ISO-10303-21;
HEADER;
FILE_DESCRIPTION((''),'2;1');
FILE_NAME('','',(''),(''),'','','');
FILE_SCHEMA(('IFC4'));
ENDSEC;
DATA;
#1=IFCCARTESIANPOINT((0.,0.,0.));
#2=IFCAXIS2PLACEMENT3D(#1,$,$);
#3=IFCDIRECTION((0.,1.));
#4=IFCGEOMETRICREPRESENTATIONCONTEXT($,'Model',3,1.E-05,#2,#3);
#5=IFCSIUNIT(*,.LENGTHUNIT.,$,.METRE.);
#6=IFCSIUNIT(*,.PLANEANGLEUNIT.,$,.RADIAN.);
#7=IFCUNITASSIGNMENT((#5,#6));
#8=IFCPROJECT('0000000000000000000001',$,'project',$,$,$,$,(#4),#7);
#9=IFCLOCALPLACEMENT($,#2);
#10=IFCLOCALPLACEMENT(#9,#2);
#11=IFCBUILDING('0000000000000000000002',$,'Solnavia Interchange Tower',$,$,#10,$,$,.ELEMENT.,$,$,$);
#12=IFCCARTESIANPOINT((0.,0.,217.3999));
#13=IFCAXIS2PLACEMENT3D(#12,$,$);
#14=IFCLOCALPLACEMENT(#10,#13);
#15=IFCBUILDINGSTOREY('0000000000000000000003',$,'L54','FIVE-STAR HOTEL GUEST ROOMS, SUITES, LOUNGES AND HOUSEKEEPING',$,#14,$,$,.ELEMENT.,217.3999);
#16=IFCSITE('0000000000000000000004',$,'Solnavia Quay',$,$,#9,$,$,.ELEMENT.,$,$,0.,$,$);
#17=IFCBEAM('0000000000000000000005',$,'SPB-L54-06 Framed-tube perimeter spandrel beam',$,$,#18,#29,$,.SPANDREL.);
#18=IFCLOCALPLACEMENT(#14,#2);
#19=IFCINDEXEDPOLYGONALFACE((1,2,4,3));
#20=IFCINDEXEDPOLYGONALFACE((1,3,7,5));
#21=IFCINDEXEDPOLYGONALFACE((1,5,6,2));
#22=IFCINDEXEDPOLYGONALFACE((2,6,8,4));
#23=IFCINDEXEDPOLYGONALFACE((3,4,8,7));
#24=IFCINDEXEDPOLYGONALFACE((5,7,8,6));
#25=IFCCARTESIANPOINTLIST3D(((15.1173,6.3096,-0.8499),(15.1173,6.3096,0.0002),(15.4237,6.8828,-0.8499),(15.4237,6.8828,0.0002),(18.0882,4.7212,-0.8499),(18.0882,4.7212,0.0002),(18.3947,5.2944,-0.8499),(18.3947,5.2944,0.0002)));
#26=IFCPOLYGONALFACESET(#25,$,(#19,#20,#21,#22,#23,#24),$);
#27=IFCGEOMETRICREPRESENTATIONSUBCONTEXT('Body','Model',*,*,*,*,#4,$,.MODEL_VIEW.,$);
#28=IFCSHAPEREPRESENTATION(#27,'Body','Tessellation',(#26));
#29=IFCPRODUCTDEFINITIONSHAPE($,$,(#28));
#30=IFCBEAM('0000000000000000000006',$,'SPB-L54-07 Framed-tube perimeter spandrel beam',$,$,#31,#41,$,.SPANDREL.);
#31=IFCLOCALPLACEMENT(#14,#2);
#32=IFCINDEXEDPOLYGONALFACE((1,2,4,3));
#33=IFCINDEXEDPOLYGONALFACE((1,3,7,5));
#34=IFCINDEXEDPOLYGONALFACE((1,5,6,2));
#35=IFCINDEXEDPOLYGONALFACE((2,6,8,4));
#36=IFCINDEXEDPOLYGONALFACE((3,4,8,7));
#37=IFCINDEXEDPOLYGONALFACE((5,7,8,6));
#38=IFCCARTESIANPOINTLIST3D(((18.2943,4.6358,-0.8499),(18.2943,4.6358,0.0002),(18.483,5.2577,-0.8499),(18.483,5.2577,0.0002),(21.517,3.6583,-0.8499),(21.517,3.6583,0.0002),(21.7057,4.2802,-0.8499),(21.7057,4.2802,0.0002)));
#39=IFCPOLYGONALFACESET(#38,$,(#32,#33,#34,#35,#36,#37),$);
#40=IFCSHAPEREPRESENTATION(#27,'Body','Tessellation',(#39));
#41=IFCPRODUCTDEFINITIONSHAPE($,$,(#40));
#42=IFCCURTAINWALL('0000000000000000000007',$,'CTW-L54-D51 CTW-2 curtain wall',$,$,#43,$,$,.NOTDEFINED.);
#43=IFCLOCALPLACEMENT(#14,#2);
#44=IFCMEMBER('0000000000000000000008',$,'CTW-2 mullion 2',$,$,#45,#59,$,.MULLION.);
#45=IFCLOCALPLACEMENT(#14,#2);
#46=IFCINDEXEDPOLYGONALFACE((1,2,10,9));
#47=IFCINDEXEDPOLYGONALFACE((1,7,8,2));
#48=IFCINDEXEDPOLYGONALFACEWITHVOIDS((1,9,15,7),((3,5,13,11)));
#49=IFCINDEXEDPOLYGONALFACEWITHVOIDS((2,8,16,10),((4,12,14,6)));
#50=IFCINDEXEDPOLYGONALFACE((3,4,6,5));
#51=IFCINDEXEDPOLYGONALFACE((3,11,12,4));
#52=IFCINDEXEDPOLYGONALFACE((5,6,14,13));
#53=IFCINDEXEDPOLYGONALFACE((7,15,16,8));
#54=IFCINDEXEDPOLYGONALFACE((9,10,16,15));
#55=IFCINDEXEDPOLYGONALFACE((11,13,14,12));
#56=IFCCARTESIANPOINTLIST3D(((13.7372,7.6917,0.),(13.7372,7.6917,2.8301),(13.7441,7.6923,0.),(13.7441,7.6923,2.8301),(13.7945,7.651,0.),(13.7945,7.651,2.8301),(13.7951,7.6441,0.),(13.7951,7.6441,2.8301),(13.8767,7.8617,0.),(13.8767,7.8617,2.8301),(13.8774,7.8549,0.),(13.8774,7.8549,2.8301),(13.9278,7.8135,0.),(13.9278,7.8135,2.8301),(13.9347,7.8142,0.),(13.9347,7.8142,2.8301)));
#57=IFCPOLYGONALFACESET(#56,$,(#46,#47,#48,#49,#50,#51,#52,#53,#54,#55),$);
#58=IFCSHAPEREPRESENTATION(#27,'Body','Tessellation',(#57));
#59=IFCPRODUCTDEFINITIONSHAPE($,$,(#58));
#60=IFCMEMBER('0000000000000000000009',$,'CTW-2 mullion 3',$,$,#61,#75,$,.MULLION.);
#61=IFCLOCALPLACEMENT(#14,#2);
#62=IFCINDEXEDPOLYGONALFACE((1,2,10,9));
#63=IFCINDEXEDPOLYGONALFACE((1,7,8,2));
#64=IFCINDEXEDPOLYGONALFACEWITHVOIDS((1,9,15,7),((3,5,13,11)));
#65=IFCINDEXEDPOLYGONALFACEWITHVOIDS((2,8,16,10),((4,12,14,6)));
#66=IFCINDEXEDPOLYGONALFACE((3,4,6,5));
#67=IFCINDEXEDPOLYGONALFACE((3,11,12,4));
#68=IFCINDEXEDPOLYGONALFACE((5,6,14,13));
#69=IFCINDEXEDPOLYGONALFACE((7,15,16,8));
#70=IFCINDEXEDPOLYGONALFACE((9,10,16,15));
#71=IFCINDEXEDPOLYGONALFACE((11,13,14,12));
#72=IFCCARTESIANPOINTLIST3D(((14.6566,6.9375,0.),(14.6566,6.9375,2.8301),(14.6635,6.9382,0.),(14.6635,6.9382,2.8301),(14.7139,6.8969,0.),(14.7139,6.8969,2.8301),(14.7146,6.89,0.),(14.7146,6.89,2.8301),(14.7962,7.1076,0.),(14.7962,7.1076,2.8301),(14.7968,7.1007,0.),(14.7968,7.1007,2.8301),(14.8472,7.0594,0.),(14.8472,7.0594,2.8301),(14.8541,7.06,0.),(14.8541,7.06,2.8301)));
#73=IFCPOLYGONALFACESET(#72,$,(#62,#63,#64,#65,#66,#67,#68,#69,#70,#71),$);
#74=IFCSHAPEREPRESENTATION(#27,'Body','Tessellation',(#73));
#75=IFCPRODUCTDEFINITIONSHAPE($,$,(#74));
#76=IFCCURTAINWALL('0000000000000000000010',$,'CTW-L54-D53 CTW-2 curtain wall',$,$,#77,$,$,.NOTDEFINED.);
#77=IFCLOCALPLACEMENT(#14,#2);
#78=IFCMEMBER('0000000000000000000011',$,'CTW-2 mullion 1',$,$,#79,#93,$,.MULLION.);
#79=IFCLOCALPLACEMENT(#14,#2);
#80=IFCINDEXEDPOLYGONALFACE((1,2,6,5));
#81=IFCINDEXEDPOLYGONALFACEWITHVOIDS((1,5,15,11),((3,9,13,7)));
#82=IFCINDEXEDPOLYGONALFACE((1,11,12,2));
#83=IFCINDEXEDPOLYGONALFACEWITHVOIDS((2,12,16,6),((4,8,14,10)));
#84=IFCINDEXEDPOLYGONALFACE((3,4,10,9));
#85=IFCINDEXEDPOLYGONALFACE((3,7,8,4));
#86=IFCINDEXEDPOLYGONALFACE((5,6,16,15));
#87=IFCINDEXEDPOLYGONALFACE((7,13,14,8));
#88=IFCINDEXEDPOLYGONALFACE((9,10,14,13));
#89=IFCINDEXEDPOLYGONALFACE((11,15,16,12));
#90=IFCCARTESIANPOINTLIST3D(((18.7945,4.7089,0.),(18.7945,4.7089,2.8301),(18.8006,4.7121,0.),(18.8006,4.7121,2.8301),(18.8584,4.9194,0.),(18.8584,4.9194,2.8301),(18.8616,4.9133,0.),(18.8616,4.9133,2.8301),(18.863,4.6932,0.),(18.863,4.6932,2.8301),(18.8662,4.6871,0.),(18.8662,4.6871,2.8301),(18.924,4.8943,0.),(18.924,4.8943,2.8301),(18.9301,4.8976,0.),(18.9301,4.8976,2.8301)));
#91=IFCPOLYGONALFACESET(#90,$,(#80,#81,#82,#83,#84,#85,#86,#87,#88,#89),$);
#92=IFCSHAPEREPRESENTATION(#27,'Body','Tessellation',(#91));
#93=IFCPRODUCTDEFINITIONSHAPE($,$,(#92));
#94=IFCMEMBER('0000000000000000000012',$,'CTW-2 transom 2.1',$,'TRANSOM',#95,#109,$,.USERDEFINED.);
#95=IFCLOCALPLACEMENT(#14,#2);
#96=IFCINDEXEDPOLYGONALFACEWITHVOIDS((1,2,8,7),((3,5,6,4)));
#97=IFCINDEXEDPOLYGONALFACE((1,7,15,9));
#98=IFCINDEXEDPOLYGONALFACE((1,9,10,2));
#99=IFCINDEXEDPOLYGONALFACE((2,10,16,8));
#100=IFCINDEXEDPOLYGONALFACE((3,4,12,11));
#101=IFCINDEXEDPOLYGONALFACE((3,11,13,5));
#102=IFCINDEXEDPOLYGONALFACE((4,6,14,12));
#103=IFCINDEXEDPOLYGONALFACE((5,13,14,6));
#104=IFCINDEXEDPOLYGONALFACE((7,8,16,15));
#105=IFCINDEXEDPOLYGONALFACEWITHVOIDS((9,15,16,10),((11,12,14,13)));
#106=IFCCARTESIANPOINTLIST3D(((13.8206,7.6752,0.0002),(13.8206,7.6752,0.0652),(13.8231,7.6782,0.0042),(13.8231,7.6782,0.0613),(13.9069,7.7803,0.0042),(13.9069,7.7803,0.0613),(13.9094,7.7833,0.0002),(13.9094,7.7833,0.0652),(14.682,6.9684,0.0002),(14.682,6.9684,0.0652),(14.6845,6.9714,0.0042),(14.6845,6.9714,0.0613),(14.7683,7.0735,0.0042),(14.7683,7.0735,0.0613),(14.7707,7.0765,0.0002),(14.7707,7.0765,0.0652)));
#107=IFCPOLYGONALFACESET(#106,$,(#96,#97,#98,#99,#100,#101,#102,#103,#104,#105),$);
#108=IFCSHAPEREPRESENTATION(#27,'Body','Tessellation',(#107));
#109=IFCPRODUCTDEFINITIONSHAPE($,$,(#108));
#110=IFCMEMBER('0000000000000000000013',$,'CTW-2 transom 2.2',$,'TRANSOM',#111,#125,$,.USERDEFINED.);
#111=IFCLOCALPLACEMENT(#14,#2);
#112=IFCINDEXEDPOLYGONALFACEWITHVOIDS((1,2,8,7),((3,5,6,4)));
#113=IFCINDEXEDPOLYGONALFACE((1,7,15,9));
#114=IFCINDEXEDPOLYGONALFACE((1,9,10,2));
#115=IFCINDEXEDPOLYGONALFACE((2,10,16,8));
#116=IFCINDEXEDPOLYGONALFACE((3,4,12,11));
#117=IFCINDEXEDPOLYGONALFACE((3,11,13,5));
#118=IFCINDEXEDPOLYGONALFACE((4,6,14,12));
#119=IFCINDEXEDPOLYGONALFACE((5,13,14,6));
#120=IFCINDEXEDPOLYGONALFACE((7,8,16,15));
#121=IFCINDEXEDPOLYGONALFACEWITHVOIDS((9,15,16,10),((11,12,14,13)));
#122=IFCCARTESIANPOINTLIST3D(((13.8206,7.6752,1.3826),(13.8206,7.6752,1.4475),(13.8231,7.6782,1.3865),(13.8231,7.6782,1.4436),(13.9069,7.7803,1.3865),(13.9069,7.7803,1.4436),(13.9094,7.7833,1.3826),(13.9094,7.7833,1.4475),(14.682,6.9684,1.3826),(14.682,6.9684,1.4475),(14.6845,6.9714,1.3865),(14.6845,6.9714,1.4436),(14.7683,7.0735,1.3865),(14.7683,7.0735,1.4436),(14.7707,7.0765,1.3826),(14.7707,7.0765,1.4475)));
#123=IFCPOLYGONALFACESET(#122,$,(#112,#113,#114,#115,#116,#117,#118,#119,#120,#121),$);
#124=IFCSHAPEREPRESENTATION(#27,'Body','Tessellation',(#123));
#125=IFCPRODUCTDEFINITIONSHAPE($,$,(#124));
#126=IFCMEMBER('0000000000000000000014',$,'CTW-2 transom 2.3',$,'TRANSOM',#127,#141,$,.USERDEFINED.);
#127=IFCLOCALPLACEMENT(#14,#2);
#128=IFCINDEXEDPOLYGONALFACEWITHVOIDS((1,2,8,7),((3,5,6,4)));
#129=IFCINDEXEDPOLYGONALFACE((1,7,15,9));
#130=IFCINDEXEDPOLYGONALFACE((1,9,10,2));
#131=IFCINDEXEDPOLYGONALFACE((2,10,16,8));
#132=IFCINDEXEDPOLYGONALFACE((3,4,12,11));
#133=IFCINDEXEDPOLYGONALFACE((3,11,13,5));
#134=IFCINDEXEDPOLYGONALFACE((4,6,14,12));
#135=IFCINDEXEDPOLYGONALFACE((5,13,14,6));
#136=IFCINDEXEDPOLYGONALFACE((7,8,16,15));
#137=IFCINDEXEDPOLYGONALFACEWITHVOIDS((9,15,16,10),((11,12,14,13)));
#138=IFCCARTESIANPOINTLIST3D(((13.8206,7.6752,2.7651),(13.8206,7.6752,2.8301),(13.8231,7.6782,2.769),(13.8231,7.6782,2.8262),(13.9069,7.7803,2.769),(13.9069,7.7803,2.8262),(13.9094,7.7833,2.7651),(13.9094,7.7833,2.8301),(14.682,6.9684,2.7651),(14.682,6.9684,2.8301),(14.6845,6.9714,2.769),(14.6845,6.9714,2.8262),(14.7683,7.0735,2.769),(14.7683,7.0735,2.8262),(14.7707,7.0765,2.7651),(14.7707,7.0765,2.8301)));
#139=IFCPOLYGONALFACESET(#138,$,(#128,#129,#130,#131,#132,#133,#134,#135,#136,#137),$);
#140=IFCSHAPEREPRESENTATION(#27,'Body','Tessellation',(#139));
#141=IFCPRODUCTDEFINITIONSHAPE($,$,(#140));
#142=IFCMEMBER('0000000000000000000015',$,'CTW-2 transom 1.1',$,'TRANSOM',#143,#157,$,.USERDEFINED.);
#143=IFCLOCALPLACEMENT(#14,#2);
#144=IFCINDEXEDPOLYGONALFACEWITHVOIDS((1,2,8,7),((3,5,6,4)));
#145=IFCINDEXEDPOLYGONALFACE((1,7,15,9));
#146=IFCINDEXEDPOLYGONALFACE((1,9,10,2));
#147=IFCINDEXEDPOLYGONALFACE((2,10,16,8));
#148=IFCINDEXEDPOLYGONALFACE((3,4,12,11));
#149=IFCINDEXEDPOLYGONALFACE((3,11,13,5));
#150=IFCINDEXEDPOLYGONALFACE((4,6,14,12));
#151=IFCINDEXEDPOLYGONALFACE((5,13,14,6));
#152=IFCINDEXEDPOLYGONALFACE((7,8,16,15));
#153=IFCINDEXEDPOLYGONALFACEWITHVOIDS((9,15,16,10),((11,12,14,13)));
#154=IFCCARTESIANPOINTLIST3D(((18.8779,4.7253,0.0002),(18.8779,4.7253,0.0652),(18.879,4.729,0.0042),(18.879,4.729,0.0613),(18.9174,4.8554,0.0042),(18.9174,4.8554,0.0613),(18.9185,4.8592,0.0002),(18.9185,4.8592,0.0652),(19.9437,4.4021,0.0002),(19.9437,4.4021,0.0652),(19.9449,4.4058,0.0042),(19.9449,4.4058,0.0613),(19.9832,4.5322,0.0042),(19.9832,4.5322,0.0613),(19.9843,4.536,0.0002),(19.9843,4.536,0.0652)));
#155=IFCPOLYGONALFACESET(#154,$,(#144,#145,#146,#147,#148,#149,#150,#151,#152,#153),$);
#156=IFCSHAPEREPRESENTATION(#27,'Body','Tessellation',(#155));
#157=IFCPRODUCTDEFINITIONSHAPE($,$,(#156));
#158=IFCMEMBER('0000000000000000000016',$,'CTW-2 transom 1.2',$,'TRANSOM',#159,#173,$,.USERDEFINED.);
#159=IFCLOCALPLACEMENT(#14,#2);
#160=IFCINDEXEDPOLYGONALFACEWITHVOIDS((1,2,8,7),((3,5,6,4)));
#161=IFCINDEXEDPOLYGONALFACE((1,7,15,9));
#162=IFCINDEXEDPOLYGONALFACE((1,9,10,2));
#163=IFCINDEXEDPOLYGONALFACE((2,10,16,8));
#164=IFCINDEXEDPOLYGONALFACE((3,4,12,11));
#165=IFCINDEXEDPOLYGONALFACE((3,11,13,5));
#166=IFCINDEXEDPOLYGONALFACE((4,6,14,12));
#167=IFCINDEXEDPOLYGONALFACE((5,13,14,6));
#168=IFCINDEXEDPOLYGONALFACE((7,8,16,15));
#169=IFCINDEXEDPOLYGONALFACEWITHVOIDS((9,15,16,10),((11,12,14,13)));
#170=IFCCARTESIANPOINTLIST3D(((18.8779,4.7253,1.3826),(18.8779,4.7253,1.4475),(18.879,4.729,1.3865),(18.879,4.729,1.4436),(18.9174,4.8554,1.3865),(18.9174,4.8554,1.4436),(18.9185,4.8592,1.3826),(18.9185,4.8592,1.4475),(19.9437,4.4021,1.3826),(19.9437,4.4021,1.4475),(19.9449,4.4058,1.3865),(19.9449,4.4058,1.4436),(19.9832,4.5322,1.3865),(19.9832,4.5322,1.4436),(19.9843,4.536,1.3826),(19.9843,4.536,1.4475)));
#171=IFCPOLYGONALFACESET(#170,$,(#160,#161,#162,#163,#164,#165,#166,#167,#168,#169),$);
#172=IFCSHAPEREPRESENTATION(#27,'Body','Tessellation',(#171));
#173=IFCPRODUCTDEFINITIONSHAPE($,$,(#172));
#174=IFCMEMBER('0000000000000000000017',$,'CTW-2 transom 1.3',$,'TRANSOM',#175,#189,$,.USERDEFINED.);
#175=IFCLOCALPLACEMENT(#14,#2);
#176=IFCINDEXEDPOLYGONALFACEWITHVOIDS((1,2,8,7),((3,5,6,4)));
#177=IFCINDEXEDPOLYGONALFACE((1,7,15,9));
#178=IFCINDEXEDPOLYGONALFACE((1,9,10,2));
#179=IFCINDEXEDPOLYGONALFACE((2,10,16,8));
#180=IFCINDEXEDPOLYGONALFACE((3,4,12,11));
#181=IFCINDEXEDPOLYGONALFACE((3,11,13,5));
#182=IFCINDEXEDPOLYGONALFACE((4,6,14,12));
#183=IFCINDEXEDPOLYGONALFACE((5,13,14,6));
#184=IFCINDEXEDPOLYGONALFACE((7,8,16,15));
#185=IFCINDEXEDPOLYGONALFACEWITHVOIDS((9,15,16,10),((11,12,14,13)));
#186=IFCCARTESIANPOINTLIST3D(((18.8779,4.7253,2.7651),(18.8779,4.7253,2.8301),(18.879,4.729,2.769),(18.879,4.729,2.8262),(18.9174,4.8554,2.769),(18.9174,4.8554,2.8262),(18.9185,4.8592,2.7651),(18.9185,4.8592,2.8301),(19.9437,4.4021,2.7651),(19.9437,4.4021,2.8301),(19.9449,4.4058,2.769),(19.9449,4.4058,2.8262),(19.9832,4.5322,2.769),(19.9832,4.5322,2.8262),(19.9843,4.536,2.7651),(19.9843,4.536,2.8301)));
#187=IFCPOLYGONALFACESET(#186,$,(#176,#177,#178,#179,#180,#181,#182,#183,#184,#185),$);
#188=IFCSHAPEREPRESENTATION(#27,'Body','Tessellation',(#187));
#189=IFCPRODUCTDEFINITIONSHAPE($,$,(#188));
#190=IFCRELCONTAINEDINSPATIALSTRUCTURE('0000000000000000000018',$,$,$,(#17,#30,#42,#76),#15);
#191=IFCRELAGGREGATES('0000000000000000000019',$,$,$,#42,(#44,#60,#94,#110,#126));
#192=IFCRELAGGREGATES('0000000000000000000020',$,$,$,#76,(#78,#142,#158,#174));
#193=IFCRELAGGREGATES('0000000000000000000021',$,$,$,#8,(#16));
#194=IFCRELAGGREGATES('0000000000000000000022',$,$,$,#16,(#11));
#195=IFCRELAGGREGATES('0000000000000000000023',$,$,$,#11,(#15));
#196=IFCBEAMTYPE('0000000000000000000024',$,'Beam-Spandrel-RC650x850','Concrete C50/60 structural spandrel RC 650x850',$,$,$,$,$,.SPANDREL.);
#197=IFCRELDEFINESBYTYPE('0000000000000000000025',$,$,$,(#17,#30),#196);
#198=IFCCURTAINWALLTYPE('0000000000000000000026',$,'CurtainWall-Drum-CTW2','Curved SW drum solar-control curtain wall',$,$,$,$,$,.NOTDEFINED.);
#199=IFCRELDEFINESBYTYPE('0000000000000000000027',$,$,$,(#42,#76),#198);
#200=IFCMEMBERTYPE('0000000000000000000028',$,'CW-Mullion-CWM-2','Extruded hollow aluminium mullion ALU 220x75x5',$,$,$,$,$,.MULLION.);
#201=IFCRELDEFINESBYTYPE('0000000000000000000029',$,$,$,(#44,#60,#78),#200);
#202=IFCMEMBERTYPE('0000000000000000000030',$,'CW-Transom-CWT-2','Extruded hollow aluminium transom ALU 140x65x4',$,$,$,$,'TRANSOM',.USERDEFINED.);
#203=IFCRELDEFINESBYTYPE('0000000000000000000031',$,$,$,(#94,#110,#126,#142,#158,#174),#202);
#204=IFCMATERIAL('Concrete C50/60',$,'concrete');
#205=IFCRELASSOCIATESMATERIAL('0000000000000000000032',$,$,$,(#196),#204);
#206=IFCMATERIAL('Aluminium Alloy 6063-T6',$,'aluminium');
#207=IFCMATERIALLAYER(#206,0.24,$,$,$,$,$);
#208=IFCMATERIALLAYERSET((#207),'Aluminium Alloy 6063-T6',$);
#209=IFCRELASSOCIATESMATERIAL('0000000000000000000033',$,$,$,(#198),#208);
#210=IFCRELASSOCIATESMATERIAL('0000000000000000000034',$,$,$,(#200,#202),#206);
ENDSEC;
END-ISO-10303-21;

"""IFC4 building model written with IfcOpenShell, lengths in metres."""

from ifc_helpers import new_model, si_unit, direction, frame, origin, origin_2d, place, context, subcontext, project, spatial, rectangle, hollow_rectangle, extrude, material, layer, layer_set, material_profile, profile_set, type_object, element, aggregate, save


model = new_model("IFC4")

# Units and contexts
model_context = context("Model", 3, precision=1e-05, world=origin(), true_north=direction((0.0, 1.0)))
body_context = subcontext(model_context, "Body", "Model", "MODEL_VIEW")
ifc_project = project(units=[si_unit("LENGTHUNIT", "METRE"), si_unit("PLANEANGLEUNIT", "RADIAN")], contexts=[model_context])

# Site, building, storey
site_placement = place(None, origin())
site = spatial("IfcSite", under=ifc_project, at=site_placement, Name="Solnavia Quay", CompositionType="ELEMENT", RefElevation=0.0)
building_placement = place(site_placement, origin())
building = spatial("IfcBuilding", under=site, at=building_placement, Name="Solnavia Interchange Tower", CompositionType="ELEMENT")
storey_placement = place(building_placement, frame((0.0, 0.0, 217.3999)))
storey = spatial("IfcBuildingStorey", under=building, at=storey_placement, Name="L54", Description="FIVE-STAR HOTEL GUEST ROOMS, SUITES, LOUNGES AND HOUSEKEEPING", CompositionType="ELEMENT", Elevation=217.3999)

# Shared definitions
ifc_material_1 = material(Name="Concrete C50/60", Category="concrete")

# Beams
ifc_material_profile_1 = material_profile(ifc_material_1, rectangle(XDim=0.6499, YDim=0.8501, at=origin_2d()), Name="RC 650x850")
ifc_profile_set_1 = profile_set([ifc_material_profile_1], Name="Concrete C50/60")
beam_type_1 = type_object("IfcBeamType", Name="Beam-Spandrel-RC650x850", Description="Concrete C50/60 structural spandrel RC 650x850", PredefinedType="SPANDREL", material=ifc_profile_set_1)
beam_1_placement = place(storey_placement, frame((15.2705, 6.5962, -0.4248), z_axis=(0.881875, -0.471483, 0.0), x_axis=(0.471483, 0.881875, 0.0)))
element("IfcBeam", 1, at=beam_1_placement, inside=storey, type_object=beam_type_1, Name="SPB-L54-06 Framed-tube perimeter spandrel beam", PredefinedType="SPANDREL", context=body_context, shape_type="SweptSolid", body=[
    extrude(rectangle(XDim=0.6499, YDim=0.8501, at=origin_2d()), origin(), (0.0, 0.0, 1.0), 3.3689),
])
beam_2_placement = place(storey_placement, frame((18.3887, 4.9468, -0.4248), z_axis=(0.956944, -0.290273, 0.0), x_axis=(0.290273, 0.956944, 0.0)))
element("IfcBeam", 2, at=beam_2_placement, inside=storey, type_object=beam_type_1, Name="SPB-L54-07 Framed-tube perimeter spandrel beam", PredefinedType="SPANDREL", context=body_context, shape_type="SweptSolid", body=[
    extrude(rectangle(XDim=0.6499, YDim=0.8501, at=origin_2d()), origin(), (0.0, 0.0, 1.0), 3.3677),
])

# Curtain wall, members
ifc_material_2 = material(Name="Aluminium Alloy 6063-T6", Category="aluminium")
ifc_layer_1 = layer(ifc_material_2, 0.24)
ifc_layer_set_1 = layer_set([ifc_layer_1], Name="Aluminium Alloy 6063-T6")
curtain_wall_type = type_object("IfcCurtainWallType", Name="CurtainWall-Drum-CTW2", Description="Curved SW drum solar-control curtain wall", PredefinedType="NOTDEFINED", material=ifc_layer_set_1)
curtain_wall_1_placement = place(storey_placement, origin())
curtain_wall_1 = element("IfcCurtainWall", 3, at=curtain_wall_1_placement, inside=storey, type_object=curtain_wall_type, Name="CTW-L54-D51 CTW-2 curtain wall", PredefinedType="NOTDEFINED")
ifc_material_profile_2 = material_profile(ifc_material_2, hollow_rectangle(XDim=0.075, YDim=0.22, WallThickness=0.0049, at=origin_2d()), Name="ALU 220x75x5")
ifc_profile_set_2 = profile_set([ifc_material_profile_2], Name="Aluminium Alloy 6063-T6")
member_type_1 = type_object("IfcMemberType", Name="CW-Mullion-CWM-2", Description="Extruded hollow aluminium mullion ALU 220x75x5", PredefinedType="MULLION", material=ifc_profile_set_2)
member_1_placement = place(storey_placement, frame((13.8359, 7.7529, 0.0), z_axis=(0.0, 0.0, 1.0), x_axis=(0.773103, -0.63428, 0.0)))
member_1 = element("IfcMember", 4, at=member_1_placement, type_object=member_type_1, Name="CTW-2 mullion 2", PredefinedType="MULLION", context=body_context, shape_type="SweptSolid", body=[
    extrude(hollow_rectangle(XDim=0.075, YDim=0.22, WallThickness=0.0049, at=origin_2d()), origin(), (0.0, 0.0, 1.0), 2.8301),
])
member_2_placement = place(storey_placement, frame((14.7554, 6.9988, 0.0), z_axis=(0.0, 0.0, 1.0), x_axis=(0.773103, -0.63428, 0.0)))
member_2 = element("IfcMember", 5, at=member_2_placement, type_object=member_type_1, Name="CTW-2 mullion 3", PredefinedType="MULLION", context=body_context, shape_type="SweptSolid", body=[
    extrude(hollow_rectangle(XDim=0.075, YDim=0.22, WallThickness=0.0049, at=origin_2d()), origin(), (0.0, 0.0, 1.0), 2.8301),
])

# Curtain wall, member
curtain_wall_2_placement = place(storey_placement, origin())
curtain_wall_2 = element("IfcCurtainWall", 6, at=curtain_wall_2_placement, inside=storey, type_object=curtain_wall_type, Name="CTW-L54-D53 CTW-2 curtain wall", PredefinedType="NOTDEFINED")
member_3_placement = place(storey_placement, frame((18.8623, 4.8032, 0.0), z_axis=(0.0, 0.0, 1.0), x_axis=(0.956942, -0.290279, 0.0)))
member_3 = element("IfcMember", 7, at=member_3_placement, type_object=member_type_1, Name="CTW-2 mullion 1", PredefinedType="MULLION", context=body_context, shape_type="SweptSolid", body=[
    extrude(hollow_rectangle(XDim=0.075, YDim=0.22, WallThickness=0.0049, at=origin_2d()), origin(), (0.0, 0.0, 1.0), 2.8301),
])

# Members
ifc_material_profile_3 = material_profile(ifc_material_2, hollow_rectangle(XDim=0.0649, YDim=0.1399, WallThickness=0.0039, at=origin_2d()), Name="ALU 140x65x4")
ifc_profile_set_3 = profile_set([ifc_material_profile_3], Name="Aluminium Alloy 6063-T6")
member_type_2 = type_object("IfcMemberType", Name="CW-Transom-CWT-2", Description="Extruded hollow aluminium transom ALU 140x65x4", ElementType="TRANSOM", PredefinedType="USERDEFINED", material=ifc_profile_set_3)
member_4_placement = place(storey_placement, frame((13.865, 7.7292, 0.0327), z_axis=(0.773049, -0.634347, 0.0), x_axis=(0.0, 0.0, 1.0)))
member_4 = element("IfcMember", 8, at=member_4_placement, type_object=member_type_2, Name="CTW-2 transom 2.1", ObjectType="TRANSOM", PredefinedType="USERDEFINED", context=body_context, shape_type="SweptSolid", body=[
    extrude(hollow_rectangle(XDim=0.0649, YDim=0.1399, WallThickness=0.0039, at=origin_2d()), origin(), (0.0, 0.0, 1.0), 1.1143),
])
member_5_placement = place(storey_placement, frame((13.865, 7.7292, 1.415), z_axis=(0.773049, -0.634347, 0.0), x_axis=(0.0, 0.0, 1.0)))
member_5 = element("IfcMember", 9, at=member_5_placement, type_object=member_type_2, Name="CTW-2 transom 2.2", ObjectType="TRANSOM", PredefinedType="USERDEFINED", context=body_context, shape_type="SweptSolid", body=[
    extrude(hollow_rectangle(XDim=0.0649, YDim=0.1399, WallThickness=0.0039, at=origin_2d()), origin(), (0.0, 0.0, 1.0), 1.1143),
])
member_6_placement = place(storey_placement, frame((13.865, 7.7292, 2.7976), z_axis=(0.773049, -0.634347, 0.0), x_axis=(0.0, 0.0, 1.0)))
member_6 = element("IfcMember", 10, at=member_6_placement, type_object=member_type_2, Name="CTW-2 transom 2.3", ObjectType="TRANSOM", PredefinedType="USERDEFINED", context=body_context, shape_type="SweptSolid", body=[
    extrude(hollow_rectangle(XDim=0.0649, YDim=0.1399, WallThickness=0.0039, at=origin_2d()), origin(), (0.0, 0.0, 1.0), 1.1143),
])
member_7_placement = place(storey_placement, frame((18.8982, 4.7922, 0.0327), z_axis=(0.956965, -0.290202, 0.0), x_axis=(0.0, 0.0, 1.0)))
member_7 = element("IfcMember", 11, at=member_7_placement, type_object=member_type_2, Name="CTW-2 transom 1.1", ObjectType="TRANSOM", PredefinedType="USERDEFINED", context=body_context, shape_type="SweptSolid", body=[
    extrude(hollow_rectangle(XDim=0.0649, YDim=0.1399, WallThickness=0.0039, at=origin_2d()), origin(), (0.0, 0.0, 1.0), 1.1138),
])
member_8_placement = place(storey_placement, frame((18.8982, 4.7922, 1.415), z_axis=(0.956965, -0.290202, 0.0), x_axis=(0.0, 0.0, 1.0)))
member_8 = element("IfcMember", 12, at=member_8_placement, type_object=member_type_2, Name="CTW-2 transom 1.2", ObjectType="TRANSOM", PredefinedType="USERDEFINED", context=body_context, shape_type="SweptSolid", body=[
    extrude(hollow_rectangle(XDim=0.0649, YDim=0.1399, WallThickness=0.0039, at=origin_2d()), origin(), (0.0, 0.0, 1.0), 1.1138),
])
member_9_placement = place(storey_placement, frame((18.8982, 4.7922, 2.7976), z_axis=(0.956965, -0.290202, 0.0), x_axis=(0.0, 0.0, 1.0)))
member_9 = element("IfcMember", 13, at=member_9_placement, type_object=member_type_2, Name="CTW-2 transom 1.3", ObjectType="TRANSOM", PredefinedType="USERDEFINED", context=body_context, shape_type="SweptSolid", body=[
    extrude(hollow_rectangle(XDim=0.0649, YDim=0.1399, WallThickness=0.0039, at=origin_2d()), origin(), (0.0, 0.0, 1.0), 1.1138),
])

aggregate(curtain_wall_1, [member_1, member_2, member_4, member_5, member_6])
aggregate(curtain_wall_2, [member_3, member_7, member_8, member_9])

save(model, "model.ifc")
